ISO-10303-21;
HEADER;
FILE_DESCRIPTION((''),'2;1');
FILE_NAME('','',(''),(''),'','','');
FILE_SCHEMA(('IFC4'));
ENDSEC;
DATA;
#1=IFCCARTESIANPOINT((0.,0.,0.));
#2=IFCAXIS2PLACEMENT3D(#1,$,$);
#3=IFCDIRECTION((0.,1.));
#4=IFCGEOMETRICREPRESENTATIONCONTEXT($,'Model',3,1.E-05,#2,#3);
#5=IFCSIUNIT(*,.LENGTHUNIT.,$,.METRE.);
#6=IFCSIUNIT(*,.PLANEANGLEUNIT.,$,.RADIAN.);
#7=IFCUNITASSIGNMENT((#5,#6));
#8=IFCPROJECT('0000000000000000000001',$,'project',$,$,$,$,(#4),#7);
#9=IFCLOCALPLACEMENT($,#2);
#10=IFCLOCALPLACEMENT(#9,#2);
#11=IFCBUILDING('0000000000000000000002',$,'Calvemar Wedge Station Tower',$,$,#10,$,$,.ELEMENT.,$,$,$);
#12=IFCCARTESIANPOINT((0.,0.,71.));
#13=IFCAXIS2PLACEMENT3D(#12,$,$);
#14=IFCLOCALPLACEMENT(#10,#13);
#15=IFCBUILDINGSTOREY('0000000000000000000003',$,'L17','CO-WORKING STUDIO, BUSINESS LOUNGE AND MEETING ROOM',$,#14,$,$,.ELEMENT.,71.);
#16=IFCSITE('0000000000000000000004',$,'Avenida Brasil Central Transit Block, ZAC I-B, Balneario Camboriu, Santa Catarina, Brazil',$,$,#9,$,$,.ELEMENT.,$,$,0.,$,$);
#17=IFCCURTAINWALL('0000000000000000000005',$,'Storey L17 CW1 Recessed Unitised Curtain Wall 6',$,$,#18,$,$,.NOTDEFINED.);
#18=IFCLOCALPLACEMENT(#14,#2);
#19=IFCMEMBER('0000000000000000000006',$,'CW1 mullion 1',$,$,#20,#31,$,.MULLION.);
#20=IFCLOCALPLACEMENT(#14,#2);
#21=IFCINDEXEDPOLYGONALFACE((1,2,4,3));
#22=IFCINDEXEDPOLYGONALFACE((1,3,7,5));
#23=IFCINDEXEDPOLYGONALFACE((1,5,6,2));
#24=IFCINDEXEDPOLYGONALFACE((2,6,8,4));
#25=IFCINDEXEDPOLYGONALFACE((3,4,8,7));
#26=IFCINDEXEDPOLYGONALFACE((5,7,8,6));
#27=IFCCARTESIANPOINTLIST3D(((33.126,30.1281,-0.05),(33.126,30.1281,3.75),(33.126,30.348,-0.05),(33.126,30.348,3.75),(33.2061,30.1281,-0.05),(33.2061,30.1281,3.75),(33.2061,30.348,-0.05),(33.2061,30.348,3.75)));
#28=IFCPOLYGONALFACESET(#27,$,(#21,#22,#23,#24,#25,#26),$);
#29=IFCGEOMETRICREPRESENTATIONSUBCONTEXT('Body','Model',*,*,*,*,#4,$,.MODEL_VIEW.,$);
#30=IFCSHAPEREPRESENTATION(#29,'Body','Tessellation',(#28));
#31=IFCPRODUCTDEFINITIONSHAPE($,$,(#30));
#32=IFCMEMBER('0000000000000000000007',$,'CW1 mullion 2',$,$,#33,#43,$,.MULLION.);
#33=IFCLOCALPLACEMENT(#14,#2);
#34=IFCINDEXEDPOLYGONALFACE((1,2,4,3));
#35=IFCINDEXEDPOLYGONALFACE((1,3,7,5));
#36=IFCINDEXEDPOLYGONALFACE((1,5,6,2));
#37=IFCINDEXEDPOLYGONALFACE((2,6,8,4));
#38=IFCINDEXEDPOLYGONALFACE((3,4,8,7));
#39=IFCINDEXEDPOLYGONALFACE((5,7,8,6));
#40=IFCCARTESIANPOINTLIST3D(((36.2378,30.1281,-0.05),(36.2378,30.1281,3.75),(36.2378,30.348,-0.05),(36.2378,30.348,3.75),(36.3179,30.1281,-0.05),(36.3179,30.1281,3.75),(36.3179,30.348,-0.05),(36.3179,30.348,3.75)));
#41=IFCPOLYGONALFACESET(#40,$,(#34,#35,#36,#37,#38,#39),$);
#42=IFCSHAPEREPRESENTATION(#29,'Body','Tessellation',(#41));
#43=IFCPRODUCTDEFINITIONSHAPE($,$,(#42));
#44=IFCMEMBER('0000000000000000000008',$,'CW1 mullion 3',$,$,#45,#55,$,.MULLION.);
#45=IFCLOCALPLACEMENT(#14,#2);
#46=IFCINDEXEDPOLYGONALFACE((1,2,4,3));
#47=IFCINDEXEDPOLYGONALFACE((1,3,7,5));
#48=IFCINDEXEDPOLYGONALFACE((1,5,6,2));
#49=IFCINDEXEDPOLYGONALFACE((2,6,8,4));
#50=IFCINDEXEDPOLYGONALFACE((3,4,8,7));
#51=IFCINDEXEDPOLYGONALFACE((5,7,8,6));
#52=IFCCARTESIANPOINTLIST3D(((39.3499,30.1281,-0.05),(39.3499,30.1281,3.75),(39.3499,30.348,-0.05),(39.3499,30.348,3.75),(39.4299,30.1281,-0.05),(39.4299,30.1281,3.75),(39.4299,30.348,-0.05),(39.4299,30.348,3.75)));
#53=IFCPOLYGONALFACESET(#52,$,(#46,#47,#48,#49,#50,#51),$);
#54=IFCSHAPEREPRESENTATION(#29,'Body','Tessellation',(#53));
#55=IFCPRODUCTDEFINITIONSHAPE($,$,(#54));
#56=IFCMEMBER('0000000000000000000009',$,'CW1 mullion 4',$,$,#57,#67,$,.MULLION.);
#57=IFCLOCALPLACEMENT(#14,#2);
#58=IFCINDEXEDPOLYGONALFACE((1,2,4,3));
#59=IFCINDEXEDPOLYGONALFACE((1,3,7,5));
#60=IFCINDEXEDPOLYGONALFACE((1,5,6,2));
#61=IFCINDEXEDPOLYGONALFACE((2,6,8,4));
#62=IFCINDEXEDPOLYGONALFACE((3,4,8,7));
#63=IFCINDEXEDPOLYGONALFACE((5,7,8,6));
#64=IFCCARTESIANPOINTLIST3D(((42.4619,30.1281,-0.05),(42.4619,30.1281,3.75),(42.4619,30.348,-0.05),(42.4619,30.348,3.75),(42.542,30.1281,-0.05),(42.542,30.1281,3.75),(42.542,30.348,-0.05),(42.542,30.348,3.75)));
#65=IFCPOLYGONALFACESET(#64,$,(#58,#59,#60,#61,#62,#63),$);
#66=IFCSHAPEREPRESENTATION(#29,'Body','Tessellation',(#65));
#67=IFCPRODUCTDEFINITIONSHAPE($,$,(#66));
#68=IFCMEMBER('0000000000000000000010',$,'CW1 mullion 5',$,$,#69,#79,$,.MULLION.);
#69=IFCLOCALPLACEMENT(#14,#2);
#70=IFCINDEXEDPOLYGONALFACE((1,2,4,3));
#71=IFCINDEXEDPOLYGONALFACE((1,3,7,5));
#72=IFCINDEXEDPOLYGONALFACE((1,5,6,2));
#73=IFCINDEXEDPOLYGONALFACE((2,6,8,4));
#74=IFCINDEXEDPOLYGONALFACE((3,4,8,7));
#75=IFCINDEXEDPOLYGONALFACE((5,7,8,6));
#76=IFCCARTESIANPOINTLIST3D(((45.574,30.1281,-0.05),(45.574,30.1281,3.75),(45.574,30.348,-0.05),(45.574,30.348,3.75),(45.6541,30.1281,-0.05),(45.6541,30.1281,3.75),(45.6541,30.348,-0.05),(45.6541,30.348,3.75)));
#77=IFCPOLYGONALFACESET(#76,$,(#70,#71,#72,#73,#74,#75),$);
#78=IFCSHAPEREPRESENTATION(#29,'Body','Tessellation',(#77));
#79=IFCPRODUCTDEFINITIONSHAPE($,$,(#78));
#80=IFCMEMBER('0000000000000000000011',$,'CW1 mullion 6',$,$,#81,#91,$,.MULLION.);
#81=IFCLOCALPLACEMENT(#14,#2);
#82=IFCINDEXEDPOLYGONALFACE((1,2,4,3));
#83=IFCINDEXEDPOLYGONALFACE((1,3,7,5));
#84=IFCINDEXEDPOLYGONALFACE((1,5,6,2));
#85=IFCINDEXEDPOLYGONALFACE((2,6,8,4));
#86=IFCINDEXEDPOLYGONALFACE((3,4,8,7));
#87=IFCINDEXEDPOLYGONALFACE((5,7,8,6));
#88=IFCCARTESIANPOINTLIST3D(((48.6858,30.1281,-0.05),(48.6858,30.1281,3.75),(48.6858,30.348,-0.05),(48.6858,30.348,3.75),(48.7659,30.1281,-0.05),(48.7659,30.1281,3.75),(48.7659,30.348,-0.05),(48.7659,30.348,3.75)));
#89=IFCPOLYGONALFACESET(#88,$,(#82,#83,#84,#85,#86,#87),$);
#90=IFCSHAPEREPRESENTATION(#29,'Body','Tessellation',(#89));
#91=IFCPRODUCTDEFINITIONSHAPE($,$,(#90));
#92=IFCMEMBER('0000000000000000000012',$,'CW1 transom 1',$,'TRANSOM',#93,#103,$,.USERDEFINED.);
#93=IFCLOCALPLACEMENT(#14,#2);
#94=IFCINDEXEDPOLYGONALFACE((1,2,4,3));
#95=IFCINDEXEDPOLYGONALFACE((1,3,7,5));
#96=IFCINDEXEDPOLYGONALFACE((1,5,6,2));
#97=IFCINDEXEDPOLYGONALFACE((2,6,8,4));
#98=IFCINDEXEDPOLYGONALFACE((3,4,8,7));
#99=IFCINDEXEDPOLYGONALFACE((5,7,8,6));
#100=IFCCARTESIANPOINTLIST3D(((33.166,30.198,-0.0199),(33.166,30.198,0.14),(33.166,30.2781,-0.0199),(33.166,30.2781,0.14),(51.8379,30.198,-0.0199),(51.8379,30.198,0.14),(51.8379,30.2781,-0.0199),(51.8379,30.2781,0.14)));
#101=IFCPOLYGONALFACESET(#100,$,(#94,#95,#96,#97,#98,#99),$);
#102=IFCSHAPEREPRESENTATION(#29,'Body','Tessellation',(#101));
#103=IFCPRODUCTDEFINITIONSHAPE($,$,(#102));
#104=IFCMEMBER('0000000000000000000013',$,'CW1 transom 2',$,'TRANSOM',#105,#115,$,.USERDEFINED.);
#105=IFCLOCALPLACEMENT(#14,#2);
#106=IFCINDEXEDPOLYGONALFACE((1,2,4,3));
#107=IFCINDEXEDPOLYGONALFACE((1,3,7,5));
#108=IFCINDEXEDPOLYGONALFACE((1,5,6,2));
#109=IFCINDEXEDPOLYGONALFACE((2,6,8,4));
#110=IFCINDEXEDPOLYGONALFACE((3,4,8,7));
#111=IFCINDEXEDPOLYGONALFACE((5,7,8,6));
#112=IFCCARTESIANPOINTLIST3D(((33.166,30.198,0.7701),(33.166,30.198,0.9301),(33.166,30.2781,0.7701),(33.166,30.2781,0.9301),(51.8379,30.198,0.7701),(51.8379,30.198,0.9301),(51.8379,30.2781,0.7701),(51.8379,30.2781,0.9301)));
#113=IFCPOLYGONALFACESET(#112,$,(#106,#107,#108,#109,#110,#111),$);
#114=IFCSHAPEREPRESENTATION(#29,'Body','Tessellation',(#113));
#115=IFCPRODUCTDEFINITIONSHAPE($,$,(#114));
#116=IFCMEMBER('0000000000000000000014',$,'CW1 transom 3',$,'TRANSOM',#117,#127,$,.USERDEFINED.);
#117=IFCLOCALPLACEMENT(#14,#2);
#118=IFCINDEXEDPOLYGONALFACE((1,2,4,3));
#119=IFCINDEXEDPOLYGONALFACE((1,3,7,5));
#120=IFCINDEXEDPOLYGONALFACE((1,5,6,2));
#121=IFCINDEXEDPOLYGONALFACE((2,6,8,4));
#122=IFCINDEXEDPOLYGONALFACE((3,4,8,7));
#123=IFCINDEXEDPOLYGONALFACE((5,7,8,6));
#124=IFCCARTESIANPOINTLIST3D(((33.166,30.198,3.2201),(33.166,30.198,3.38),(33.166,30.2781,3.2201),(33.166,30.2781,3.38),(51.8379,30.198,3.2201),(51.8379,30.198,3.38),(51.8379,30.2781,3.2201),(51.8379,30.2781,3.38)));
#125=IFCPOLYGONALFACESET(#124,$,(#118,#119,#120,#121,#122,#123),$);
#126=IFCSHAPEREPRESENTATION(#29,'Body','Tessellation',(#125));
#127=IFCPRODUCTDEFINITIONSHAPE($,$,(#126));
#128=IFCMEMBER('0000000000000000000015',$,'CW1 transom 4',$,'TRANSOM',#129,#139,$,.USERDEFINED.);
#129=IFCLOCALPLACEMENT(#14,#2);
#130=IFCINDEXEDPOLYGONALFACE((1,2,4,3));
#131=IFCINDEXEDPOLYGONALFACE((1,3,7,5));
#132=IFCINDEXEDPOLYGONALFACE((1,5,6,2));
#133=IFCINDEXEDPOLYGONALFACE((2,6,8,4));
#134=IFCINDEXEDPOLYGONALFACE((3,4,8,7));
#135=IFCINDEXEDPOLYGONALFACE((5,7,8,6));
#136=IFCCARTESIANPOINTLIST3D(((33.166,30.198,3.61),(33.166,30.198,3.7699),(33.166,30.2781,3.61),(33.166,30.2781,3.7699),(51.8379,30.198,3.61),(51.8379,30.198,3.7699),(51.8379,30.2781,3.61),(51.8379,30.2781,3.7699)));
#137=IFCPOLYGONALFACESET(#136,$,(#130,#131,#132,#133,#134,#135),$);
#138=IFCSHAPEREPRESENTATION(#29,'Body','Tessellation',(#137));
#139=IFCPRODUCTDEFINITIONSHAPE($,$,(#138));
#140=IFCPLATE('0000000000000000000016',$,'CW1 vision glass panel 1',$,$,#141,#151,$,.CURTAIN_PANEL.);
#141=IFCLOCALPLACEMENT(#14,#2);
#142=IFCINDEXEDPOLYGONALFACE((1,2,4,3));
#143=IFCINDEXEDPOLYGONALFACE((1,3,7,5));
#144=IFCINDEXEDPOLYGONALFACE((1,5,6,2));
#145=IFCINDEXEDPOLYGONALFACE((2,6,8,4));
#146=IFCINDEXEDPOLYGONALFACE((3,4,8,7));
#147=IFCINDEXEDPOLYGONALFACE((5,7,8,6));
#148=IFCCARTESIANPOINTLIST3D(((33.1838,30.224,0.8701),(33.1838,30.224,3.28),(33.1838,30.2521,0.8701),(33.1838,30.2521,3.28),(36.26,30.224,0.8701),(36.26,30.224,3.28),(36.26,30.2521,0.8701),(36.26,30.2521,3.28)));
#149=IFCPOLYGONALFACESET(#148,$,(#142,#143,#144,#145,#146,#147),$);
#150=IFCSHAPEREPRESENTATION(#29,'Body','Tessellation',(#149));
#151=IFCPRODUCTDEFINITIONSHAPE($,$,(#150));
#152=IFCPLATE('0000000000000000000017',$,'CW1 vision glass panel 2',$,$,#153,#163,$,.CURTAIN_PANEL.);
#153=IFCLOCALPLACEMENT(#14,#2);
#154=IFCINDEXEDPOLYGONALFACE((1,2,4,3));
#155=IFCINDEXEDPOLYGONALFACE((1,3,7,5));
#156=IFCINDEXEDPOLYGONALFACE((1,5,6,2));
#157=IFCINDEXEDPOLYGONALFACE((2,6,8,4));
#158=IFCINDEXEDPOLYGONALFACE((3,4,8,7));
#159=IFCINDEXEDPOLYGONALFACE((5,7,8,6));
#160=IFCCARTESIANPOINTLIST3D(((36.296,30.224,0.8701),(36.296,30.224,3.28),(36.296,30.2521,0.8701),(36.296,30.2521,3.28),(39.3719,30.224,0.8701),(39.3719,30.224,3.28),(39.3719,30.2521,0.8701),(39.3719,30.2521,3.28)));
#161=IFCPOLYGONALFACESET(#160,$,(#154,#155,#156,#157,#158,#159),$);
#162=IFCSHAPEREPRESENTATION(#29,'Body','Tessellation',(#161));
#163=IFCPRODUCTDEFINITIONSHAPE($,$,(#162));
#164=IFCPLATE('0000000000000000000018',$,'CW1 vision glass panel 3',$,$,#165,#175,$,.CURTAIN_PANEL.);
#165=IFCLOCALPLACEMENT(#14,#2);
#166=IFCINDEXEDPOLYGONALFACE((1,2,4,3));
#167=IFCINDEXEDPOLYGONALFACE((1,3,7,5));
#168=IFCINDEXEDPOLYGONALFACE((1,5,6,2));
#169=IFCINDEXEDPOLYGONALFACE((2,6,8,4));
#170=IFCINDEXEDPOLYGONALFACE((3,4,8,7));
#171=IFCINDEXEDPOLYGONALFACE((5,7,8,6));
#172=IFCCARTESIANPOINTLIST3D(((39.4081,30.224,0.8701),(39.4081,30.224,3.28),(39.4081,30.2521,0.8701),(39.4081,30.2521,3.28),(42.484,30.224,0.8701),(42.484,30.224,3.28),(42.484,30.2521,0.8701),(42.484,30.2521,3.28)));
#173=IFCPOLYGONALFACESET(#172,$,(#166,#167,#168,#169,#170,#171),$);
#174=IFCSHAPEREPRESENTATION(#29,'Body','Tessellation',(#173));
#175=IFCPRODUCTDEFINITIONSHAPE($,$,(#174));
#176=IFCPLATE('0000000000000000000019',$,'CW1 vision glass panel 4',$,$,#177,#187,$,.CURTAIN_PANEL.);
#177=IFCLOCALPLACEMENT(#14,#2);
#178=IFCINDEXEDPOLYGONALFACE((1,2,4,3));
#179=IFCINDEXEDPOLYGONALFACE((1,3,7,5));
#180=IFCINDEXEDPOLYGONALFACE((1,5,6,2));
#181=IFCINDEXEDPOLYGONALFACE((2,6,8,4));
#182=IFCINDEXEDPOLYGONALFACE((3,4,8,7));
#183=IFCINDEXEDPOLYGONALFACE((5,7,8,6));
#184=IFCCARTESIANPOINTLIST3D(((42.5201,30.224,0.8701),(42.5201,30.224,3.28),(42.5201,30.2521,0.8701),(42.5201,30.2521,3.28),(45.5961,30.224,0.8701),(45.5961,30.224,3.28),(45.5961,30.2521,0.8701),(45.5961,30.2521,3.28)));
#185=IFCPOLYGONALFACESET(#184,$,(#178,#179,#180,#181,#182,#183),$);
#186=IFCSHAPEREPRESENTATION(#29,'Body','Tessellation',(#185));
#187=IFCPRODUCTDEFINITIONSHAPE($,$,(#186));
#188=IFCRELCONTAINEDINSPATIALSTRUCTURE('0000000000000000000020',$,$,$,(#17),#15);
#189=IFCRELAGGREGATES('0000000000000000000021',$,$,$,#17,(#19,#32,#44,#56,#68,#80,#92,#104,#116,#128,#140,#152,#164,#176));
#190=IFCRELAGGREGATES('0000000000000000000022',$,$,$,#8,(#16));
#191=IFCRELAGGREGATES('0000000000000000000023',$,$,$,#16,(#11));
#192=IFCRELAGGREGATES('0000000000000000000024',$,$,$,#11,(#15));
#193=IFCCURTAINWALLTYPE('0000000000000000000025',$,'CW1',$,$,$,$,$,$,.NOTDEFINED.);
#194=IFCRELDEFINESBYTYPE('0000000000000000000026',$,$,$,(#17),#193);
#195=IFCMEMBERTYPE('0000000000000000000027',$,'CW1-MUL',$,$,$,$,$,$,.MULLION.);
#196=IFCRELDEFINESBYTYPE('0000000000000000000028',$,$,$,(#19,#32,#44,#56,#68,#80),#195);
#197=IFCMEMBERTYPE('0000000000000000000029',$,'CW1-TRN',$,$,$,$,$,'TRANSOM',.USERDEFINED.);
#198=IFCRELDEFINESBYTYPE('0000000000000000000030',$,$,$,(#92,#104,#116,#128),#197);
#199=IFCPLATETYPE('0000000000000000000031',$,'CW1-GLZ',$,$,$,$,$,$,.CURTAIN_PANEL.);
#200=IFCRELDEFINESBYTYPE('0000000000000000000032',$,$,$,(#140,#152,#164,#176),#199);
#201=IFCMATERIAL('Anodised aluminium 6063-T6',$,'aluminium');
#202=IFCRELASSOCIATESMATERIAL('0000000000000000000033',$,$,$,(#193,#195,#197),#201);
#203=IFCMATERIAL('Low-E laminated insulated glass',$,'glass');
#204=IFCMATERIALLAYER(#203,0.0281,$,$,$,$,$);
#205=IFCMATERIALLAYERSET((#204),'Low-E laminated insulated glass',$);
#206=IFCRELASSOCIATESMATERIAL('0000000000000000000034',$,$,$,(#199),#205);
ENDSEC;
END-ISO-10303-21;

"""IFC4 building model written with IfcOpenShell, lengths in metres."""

from ifc_helpers import new_model, si_unit, direction, frame, frame_2d, origin, origin_2d, place, context, subcontext, project, spatial, rectangle, extrude, source, transform, mapped, material, layer, layer_set, material_profile, profile_set, type_object, element, aggregate, save


model = new_model("IFC4")

# Units and contexts
model_context = context("Model", 3, precision=1e-05, world=origin(), true_north=direction((0.0, 1.0)))
body_context = subcontext(model_context, "Body", "Model", "MODEL_VIEW")
ifc_project = project(units=[si_unit("LENGTHUNIT", "METRE"), si_unit("PLANEANGLEUNIT", "RADIAN")], contexts=[model_context])

# Site, building, storey
site_placement = place(None, origin())
site = spatial("IfcSite", under=ifc_project, at=site_placement, Name="Avenida Brasil Central Transit Block, ZAC I-B, Balneario Camboriu, Santa Catarina, Brazil", CompositionType="ELEMENT", RefElevation=0.0)
building_placement = place(site_placement, origin())
building = spatial("IfcBuilding", under=site, at=building_placement, Name="Calvemar Wedge Station Tower", CompositionType="ELEMENT")
storey_placement = place(building_placement, frame((0.0, 0.0, 71.0)))
storey = spatial("IfcBuildingStorey", under=building, at=storey_placement, Name="L17", Description="CO-WORKING STUDIO, BUSINESS LOUNGE AND MEETING ROOM", CompositionType="ELEMENT", Elevation=71.0)

# Curtain wall, members, plates
ifc_material_1 = material(Name="Anodised aluminium 6063-T6", Category="aluminium")
curtain_wall_type = type_object("IfcCurtainWallType", Name="CW1", PredefinedType="NOTDEFINED", material=ifc_material_1)
curtain_wall_placement = place(storey_placement, origin())
curtain_wall = element("IfcCurtainWall", 1, at=curtain_wall_placement, inside=storey, type_object=curtain_wall_type, Name="Storey L17 CW1 Recessed Unitised Curtain Wall 6", PredefinedType="NOTDEFINED")
ifc_material_profile_1 = material_profile(ifc_material_1, rectangle(XDim=0.0801, YDim=0.22, at=origin_2d()), Name="AL-MUL-80x220")
ifc_profile_set_1 = profile_set([ifc_material_profile_1], Name="Anodised aluminium 6063-T6")
member_type_1 = type_object("IfcMemberType", Name="CW1-MUL", PredefinedType="MULLION", material=ifc_profile_set_1)
shared_shape_1 = source(origin(), body_context, "Body", "SweptSolid", [
    extrude(rectangle(XDim=0.0801, YDim=0.22, at=origin_2d()), origin(), (0.0, 0.0, 1.0), 3.8),
])
member_1_placement = place(storey_placement, frame((33.166, 30.238, -0.05), z_axis=(0.0, 0.0, 1.0), x_axis=(1.0, 0.0, 0.0)))
member_1 = element("IfcMember", 2, at=member_1_placement, type_object=member_type_1, Name="CW1 mullion 1", PredefinedType="MULLION", context=body_context, shape_type="MappedRepresentation", body=[
    mapped(shared_shape_1, transform((0.0, 0.0, 0.0), scale=1.0)),
])
member_2_placement = place(storey_placement, frame((36.2778, 30.238, -0.05), z_axis=(0.0, 0.0, 1.0), x_axis=(1.0, 0.0, 0.0)))
member_2 = element("IfcMember", 3, at=member_2_placement, type_object=member_type_1, Name="CW1 mullion 2", PredefinedType="MULLION", context=body_context, shape_type="MappedRepresentation", body=[
    mapped(shared_shape_1, transform((0.0, 0.0, 0.0), scale=1.0)),
])
member_3_placement = place(storey_placement, frame((39.3899, 30.238, -0.05), z_axis=(0.0, 0.0, 1.0), x_axis=(1.0, 0.0, 0.0)))
member_3 = element("IfcMember", 4, at=member_3_placement, type_object=member_type_1, Name="CW1 mullion 3", PredefinedType="MULLION", context=body_context, shape_type="MappedRepresentation", body=[
    mapped(shared_shape_1, transform((0.0, 0.0, 0.0), scale=1.0)),
])
member_4_placement = place(storey_placement, frame((42.502, 30.238, -0.05), z_axis=(0.0, 0.0, 1.0), x_axis=(1.0, 0.0, 0.0)))
member_4 = element("IfcMember", 5, at=member_4_placement, type_object=member_type_1, Name="CW1 mullion 4", PredefinedType="MULLION", context=body_context, shape_type="MappedRepresentation", body=[
    mapped(shared_shape_1, transform((0.0, 0.0, 0.0), scale=1.0)),
])
member_5_placement = place(storey_placement, frame((45.614, 30.238, -0.05), z_axis=(0.0, 0.0, 1.0), x_axis=(1.0, 0.0, 0.0)))
member_5 = element("IfcMember", 6, at=member_5_placement, type_object=member_type_1, Name="CW1 mullion 5", PredefinedType="MULLION", context=body_context, shape_type="MappedRepresentation", body=[
    mapped(shared_shape_1, transform((0.0, 0.0, 0.0), scale=1.0)),
])
member_6_placement = place(storey_placement, frame((48.7258, 30.238, -0.05), z_axis=(0.0, 0.0, 1.0), x_axis=(1.0, 0.0, 0.0)))
member_6 = element("IfcMember", 7, at=member_6_placement, type_object=member_type_1, Name="CW1 mullion 6", PredefinedType="MULLION", context=body_context, shape_type="MappedRepresentation", body=[
    mapped(shared_shape_1, transform((0.0, 0.0, 0.0), scale=1.0)),
])
ifc_material_profile_2 = material_profile(ifc_material_1, rectangle(XDim=0.0801, YDim=0.1599, at=origin_2d()), Name="AL-TRN-80x160")
ifc_profile_set_2 = profile_set([ifc_material_profile_2], Name="Anodised aluminium 6063-T6")
member_type_2 = type_object("IfcMemberType", Name="CW1-TRN", ElementType="TRANSOM", PredefinedType="USERDEFINED", material=ifc_profile_set_2)
shared_shape_2 = source(origin(), body_context, "Body", "SweptSolid", [
    extrude(rectangle(XDim=0.0801, YDim=0.1599, at=origin_2d()), origin(), (0.0, 0.0, 1.0), 18.6719),
])
member_7_placement = place(storey_placement, frame((33.166, 30.238, 0.0601), z_axis=(1.0, 0.0, 0.0), x_axis=(0.0, 1.0, 0.0)))
member_7 = element("IfcMember", 8, at=member_7_placement, type_object=member_type_2, Name="CW1 transom 1", ObjectType="TRANSOM", PredefinedType="USERDEFINED", context=body_context, shape_type="MappedRepresentation", body=[
    mapped(shared_shape_2, transform((0.0, 0.0, 0.0), scale=1.0)),
])
member_8_placement = place(storey_placement, frame((33.166, 30.238, 0.8501), z_axis=(1.0, 0.0, 0.0), x_axis=(0.0, 1.0, 0.0)))
member_8 = element("IfcMember", 9, at=member_8_placement, type_object=member_type_2, Name="CW1 transom 2", ObjectType="TRANSOM", PredefinedType="USERDEFINED", context=body_context, shape_type="MappedRepresentation", body=[
    mapped(shared_shape_2, transform((0.0, 0.0, 0.0), scale=1.0)),
])
member_9_placement = place(storey_placement, frame((33.166, 30.238, 3.3), z_axis=(1.0, 0.0, 0.0), x_axis=(0.0, 1.0, 0.0)))
member_9 = element("IfcMember", 10, at=member_9_placement, type_object=member_type_2, Name="CW1 transom 3", ObjectType="TRANSOM", PredefinedType="USERDEFINED", context=body_context, shape_type="MappedRepresentation", body=[
    mapped(shared_shape_2, transform((0.0, 0.0, 0.0), scale=1.0)),
])
member_10_placement = place(storey_placement, frame((33.166, 30.238, 3.6899), z_axis=(1.0, 0.0, 0.0), x_axis=(0.0, 1.0, 0.0)))
member_10 = element("IfcMember", 11, at=member_10_placement, type_object=member_type_2, Name="CW1 transom 4", ObjectType="TRANSOM", PredefinedType="USERDEFINED", context=body_context, shape_type="MappedRepresentation", body=[
    mapped(shared_shape_2, transform((0.0, 0.0, 0.0), scale=1.0)),
])
ifc_material_2 = material(Name="Low-E laminated insulated glass", Category="glass")
ifc_layer_1 = layer(ifc_material_2, 0.0281)
ifc_layer_set_1 = layer_set([ifc_layer_1], Name="Low-E laminated insulated glass")
plate_type_1 = type_object("IfcPlateType", Name="CW1-GLZ", PredefinedType="CURTAIN_PANEL", material=ifc_layer_set_1)
plate_1_placement = place(storey_placement, frame((33.1838, 30.238, 0.8701), z_axis=(0.0, 0.0, 1.0), x_axis=(1.0, 0.0, 0.0)))
plate_1 = element("IfcPlate", 12, at=plate_1_placement, type_object=plate_type_1, Name="CW1 vision glass panel 1", PredefinedType="CURTAIN_PANEL", context=body_context, shape_type="SweptSolid", body=[
    extrude(rectangle(XDim=3.0762, YDim=0.0281, at=frame_2d((1.5381, 0.0))), origin(), (0.0, 0.0, 1.0), 2.4099),
])
plate_2_placement = place(storey_placement, frame((36.2959, 30.238, 0.8701), z_axis=(0.0, 0.0, 1.0), x_axis=(1.0, 0.0, 0.0)))
plate_2 = element("IfcPlate", 13, at=plate_2_placement, type_object=plate_type_1, Name="CW1 vision glass panel 2", PredefinedType="CURTAIN_PANEL", context=body_context, shape_type="SweptSolid", body=[
    extrude(rectangle(XDim=3.0759, YDim=0.0281, at=frame_2d((1.5381, 0.0))), origin(), (0.0, 0.0, 1.0), 2.4099),
])
plate_3_placement = place(storey_placement, frame((39.408, 30.238, 0.8701), z_axis=(0.0, 0.0, 1.0), x_axis=(1.0, 0.0, 0.0)))
plate_3 = element("IfcPlate", 14, at=plate_3_placement, type_object=plate_type_1, Name="CW1 vision glass panel 3", PredefinedType="CURTAIN_PANEL", context=body_context, shape_type="SweptSolid", body=[
    extrude(rectangle(XDim=3.0759, YDim=0.0281, at=frame_2d((1.5381, 0.0))), origin(), (0.0, 0.0, 1.0), 2.4099),
])
plate_4_placement = place(storey_placement, frame((42.52, 30.238, 0.8701), z_axis=(0.0, 0.0, 1.0), x_axis=(1.0, 0.0, 0.0)))
plate_4 = element("IfcPlate", 15, at=plate_4_placement, type_object=plate_type_1, Name="CW1 vision glass panel 4", PredefinedType="CURTAIN_PANEL", context=body_context, shape_type="SweptSolid", body=[
    extrude(rectangle(XDim=3.0759, YDim=0.0281, at=frame_2d((1.5381, 0.0))), origin(), (0.0, 0.0, 1.0), 2.4099),
])
aggregate(curtain_wall, [member_1, member_2, member_3, member_4, member_5, member_6, member_7, member_8, member_9, member_10, plate_1, plate_2, plate_3, plate_4])

save(model, "model.ifc")
